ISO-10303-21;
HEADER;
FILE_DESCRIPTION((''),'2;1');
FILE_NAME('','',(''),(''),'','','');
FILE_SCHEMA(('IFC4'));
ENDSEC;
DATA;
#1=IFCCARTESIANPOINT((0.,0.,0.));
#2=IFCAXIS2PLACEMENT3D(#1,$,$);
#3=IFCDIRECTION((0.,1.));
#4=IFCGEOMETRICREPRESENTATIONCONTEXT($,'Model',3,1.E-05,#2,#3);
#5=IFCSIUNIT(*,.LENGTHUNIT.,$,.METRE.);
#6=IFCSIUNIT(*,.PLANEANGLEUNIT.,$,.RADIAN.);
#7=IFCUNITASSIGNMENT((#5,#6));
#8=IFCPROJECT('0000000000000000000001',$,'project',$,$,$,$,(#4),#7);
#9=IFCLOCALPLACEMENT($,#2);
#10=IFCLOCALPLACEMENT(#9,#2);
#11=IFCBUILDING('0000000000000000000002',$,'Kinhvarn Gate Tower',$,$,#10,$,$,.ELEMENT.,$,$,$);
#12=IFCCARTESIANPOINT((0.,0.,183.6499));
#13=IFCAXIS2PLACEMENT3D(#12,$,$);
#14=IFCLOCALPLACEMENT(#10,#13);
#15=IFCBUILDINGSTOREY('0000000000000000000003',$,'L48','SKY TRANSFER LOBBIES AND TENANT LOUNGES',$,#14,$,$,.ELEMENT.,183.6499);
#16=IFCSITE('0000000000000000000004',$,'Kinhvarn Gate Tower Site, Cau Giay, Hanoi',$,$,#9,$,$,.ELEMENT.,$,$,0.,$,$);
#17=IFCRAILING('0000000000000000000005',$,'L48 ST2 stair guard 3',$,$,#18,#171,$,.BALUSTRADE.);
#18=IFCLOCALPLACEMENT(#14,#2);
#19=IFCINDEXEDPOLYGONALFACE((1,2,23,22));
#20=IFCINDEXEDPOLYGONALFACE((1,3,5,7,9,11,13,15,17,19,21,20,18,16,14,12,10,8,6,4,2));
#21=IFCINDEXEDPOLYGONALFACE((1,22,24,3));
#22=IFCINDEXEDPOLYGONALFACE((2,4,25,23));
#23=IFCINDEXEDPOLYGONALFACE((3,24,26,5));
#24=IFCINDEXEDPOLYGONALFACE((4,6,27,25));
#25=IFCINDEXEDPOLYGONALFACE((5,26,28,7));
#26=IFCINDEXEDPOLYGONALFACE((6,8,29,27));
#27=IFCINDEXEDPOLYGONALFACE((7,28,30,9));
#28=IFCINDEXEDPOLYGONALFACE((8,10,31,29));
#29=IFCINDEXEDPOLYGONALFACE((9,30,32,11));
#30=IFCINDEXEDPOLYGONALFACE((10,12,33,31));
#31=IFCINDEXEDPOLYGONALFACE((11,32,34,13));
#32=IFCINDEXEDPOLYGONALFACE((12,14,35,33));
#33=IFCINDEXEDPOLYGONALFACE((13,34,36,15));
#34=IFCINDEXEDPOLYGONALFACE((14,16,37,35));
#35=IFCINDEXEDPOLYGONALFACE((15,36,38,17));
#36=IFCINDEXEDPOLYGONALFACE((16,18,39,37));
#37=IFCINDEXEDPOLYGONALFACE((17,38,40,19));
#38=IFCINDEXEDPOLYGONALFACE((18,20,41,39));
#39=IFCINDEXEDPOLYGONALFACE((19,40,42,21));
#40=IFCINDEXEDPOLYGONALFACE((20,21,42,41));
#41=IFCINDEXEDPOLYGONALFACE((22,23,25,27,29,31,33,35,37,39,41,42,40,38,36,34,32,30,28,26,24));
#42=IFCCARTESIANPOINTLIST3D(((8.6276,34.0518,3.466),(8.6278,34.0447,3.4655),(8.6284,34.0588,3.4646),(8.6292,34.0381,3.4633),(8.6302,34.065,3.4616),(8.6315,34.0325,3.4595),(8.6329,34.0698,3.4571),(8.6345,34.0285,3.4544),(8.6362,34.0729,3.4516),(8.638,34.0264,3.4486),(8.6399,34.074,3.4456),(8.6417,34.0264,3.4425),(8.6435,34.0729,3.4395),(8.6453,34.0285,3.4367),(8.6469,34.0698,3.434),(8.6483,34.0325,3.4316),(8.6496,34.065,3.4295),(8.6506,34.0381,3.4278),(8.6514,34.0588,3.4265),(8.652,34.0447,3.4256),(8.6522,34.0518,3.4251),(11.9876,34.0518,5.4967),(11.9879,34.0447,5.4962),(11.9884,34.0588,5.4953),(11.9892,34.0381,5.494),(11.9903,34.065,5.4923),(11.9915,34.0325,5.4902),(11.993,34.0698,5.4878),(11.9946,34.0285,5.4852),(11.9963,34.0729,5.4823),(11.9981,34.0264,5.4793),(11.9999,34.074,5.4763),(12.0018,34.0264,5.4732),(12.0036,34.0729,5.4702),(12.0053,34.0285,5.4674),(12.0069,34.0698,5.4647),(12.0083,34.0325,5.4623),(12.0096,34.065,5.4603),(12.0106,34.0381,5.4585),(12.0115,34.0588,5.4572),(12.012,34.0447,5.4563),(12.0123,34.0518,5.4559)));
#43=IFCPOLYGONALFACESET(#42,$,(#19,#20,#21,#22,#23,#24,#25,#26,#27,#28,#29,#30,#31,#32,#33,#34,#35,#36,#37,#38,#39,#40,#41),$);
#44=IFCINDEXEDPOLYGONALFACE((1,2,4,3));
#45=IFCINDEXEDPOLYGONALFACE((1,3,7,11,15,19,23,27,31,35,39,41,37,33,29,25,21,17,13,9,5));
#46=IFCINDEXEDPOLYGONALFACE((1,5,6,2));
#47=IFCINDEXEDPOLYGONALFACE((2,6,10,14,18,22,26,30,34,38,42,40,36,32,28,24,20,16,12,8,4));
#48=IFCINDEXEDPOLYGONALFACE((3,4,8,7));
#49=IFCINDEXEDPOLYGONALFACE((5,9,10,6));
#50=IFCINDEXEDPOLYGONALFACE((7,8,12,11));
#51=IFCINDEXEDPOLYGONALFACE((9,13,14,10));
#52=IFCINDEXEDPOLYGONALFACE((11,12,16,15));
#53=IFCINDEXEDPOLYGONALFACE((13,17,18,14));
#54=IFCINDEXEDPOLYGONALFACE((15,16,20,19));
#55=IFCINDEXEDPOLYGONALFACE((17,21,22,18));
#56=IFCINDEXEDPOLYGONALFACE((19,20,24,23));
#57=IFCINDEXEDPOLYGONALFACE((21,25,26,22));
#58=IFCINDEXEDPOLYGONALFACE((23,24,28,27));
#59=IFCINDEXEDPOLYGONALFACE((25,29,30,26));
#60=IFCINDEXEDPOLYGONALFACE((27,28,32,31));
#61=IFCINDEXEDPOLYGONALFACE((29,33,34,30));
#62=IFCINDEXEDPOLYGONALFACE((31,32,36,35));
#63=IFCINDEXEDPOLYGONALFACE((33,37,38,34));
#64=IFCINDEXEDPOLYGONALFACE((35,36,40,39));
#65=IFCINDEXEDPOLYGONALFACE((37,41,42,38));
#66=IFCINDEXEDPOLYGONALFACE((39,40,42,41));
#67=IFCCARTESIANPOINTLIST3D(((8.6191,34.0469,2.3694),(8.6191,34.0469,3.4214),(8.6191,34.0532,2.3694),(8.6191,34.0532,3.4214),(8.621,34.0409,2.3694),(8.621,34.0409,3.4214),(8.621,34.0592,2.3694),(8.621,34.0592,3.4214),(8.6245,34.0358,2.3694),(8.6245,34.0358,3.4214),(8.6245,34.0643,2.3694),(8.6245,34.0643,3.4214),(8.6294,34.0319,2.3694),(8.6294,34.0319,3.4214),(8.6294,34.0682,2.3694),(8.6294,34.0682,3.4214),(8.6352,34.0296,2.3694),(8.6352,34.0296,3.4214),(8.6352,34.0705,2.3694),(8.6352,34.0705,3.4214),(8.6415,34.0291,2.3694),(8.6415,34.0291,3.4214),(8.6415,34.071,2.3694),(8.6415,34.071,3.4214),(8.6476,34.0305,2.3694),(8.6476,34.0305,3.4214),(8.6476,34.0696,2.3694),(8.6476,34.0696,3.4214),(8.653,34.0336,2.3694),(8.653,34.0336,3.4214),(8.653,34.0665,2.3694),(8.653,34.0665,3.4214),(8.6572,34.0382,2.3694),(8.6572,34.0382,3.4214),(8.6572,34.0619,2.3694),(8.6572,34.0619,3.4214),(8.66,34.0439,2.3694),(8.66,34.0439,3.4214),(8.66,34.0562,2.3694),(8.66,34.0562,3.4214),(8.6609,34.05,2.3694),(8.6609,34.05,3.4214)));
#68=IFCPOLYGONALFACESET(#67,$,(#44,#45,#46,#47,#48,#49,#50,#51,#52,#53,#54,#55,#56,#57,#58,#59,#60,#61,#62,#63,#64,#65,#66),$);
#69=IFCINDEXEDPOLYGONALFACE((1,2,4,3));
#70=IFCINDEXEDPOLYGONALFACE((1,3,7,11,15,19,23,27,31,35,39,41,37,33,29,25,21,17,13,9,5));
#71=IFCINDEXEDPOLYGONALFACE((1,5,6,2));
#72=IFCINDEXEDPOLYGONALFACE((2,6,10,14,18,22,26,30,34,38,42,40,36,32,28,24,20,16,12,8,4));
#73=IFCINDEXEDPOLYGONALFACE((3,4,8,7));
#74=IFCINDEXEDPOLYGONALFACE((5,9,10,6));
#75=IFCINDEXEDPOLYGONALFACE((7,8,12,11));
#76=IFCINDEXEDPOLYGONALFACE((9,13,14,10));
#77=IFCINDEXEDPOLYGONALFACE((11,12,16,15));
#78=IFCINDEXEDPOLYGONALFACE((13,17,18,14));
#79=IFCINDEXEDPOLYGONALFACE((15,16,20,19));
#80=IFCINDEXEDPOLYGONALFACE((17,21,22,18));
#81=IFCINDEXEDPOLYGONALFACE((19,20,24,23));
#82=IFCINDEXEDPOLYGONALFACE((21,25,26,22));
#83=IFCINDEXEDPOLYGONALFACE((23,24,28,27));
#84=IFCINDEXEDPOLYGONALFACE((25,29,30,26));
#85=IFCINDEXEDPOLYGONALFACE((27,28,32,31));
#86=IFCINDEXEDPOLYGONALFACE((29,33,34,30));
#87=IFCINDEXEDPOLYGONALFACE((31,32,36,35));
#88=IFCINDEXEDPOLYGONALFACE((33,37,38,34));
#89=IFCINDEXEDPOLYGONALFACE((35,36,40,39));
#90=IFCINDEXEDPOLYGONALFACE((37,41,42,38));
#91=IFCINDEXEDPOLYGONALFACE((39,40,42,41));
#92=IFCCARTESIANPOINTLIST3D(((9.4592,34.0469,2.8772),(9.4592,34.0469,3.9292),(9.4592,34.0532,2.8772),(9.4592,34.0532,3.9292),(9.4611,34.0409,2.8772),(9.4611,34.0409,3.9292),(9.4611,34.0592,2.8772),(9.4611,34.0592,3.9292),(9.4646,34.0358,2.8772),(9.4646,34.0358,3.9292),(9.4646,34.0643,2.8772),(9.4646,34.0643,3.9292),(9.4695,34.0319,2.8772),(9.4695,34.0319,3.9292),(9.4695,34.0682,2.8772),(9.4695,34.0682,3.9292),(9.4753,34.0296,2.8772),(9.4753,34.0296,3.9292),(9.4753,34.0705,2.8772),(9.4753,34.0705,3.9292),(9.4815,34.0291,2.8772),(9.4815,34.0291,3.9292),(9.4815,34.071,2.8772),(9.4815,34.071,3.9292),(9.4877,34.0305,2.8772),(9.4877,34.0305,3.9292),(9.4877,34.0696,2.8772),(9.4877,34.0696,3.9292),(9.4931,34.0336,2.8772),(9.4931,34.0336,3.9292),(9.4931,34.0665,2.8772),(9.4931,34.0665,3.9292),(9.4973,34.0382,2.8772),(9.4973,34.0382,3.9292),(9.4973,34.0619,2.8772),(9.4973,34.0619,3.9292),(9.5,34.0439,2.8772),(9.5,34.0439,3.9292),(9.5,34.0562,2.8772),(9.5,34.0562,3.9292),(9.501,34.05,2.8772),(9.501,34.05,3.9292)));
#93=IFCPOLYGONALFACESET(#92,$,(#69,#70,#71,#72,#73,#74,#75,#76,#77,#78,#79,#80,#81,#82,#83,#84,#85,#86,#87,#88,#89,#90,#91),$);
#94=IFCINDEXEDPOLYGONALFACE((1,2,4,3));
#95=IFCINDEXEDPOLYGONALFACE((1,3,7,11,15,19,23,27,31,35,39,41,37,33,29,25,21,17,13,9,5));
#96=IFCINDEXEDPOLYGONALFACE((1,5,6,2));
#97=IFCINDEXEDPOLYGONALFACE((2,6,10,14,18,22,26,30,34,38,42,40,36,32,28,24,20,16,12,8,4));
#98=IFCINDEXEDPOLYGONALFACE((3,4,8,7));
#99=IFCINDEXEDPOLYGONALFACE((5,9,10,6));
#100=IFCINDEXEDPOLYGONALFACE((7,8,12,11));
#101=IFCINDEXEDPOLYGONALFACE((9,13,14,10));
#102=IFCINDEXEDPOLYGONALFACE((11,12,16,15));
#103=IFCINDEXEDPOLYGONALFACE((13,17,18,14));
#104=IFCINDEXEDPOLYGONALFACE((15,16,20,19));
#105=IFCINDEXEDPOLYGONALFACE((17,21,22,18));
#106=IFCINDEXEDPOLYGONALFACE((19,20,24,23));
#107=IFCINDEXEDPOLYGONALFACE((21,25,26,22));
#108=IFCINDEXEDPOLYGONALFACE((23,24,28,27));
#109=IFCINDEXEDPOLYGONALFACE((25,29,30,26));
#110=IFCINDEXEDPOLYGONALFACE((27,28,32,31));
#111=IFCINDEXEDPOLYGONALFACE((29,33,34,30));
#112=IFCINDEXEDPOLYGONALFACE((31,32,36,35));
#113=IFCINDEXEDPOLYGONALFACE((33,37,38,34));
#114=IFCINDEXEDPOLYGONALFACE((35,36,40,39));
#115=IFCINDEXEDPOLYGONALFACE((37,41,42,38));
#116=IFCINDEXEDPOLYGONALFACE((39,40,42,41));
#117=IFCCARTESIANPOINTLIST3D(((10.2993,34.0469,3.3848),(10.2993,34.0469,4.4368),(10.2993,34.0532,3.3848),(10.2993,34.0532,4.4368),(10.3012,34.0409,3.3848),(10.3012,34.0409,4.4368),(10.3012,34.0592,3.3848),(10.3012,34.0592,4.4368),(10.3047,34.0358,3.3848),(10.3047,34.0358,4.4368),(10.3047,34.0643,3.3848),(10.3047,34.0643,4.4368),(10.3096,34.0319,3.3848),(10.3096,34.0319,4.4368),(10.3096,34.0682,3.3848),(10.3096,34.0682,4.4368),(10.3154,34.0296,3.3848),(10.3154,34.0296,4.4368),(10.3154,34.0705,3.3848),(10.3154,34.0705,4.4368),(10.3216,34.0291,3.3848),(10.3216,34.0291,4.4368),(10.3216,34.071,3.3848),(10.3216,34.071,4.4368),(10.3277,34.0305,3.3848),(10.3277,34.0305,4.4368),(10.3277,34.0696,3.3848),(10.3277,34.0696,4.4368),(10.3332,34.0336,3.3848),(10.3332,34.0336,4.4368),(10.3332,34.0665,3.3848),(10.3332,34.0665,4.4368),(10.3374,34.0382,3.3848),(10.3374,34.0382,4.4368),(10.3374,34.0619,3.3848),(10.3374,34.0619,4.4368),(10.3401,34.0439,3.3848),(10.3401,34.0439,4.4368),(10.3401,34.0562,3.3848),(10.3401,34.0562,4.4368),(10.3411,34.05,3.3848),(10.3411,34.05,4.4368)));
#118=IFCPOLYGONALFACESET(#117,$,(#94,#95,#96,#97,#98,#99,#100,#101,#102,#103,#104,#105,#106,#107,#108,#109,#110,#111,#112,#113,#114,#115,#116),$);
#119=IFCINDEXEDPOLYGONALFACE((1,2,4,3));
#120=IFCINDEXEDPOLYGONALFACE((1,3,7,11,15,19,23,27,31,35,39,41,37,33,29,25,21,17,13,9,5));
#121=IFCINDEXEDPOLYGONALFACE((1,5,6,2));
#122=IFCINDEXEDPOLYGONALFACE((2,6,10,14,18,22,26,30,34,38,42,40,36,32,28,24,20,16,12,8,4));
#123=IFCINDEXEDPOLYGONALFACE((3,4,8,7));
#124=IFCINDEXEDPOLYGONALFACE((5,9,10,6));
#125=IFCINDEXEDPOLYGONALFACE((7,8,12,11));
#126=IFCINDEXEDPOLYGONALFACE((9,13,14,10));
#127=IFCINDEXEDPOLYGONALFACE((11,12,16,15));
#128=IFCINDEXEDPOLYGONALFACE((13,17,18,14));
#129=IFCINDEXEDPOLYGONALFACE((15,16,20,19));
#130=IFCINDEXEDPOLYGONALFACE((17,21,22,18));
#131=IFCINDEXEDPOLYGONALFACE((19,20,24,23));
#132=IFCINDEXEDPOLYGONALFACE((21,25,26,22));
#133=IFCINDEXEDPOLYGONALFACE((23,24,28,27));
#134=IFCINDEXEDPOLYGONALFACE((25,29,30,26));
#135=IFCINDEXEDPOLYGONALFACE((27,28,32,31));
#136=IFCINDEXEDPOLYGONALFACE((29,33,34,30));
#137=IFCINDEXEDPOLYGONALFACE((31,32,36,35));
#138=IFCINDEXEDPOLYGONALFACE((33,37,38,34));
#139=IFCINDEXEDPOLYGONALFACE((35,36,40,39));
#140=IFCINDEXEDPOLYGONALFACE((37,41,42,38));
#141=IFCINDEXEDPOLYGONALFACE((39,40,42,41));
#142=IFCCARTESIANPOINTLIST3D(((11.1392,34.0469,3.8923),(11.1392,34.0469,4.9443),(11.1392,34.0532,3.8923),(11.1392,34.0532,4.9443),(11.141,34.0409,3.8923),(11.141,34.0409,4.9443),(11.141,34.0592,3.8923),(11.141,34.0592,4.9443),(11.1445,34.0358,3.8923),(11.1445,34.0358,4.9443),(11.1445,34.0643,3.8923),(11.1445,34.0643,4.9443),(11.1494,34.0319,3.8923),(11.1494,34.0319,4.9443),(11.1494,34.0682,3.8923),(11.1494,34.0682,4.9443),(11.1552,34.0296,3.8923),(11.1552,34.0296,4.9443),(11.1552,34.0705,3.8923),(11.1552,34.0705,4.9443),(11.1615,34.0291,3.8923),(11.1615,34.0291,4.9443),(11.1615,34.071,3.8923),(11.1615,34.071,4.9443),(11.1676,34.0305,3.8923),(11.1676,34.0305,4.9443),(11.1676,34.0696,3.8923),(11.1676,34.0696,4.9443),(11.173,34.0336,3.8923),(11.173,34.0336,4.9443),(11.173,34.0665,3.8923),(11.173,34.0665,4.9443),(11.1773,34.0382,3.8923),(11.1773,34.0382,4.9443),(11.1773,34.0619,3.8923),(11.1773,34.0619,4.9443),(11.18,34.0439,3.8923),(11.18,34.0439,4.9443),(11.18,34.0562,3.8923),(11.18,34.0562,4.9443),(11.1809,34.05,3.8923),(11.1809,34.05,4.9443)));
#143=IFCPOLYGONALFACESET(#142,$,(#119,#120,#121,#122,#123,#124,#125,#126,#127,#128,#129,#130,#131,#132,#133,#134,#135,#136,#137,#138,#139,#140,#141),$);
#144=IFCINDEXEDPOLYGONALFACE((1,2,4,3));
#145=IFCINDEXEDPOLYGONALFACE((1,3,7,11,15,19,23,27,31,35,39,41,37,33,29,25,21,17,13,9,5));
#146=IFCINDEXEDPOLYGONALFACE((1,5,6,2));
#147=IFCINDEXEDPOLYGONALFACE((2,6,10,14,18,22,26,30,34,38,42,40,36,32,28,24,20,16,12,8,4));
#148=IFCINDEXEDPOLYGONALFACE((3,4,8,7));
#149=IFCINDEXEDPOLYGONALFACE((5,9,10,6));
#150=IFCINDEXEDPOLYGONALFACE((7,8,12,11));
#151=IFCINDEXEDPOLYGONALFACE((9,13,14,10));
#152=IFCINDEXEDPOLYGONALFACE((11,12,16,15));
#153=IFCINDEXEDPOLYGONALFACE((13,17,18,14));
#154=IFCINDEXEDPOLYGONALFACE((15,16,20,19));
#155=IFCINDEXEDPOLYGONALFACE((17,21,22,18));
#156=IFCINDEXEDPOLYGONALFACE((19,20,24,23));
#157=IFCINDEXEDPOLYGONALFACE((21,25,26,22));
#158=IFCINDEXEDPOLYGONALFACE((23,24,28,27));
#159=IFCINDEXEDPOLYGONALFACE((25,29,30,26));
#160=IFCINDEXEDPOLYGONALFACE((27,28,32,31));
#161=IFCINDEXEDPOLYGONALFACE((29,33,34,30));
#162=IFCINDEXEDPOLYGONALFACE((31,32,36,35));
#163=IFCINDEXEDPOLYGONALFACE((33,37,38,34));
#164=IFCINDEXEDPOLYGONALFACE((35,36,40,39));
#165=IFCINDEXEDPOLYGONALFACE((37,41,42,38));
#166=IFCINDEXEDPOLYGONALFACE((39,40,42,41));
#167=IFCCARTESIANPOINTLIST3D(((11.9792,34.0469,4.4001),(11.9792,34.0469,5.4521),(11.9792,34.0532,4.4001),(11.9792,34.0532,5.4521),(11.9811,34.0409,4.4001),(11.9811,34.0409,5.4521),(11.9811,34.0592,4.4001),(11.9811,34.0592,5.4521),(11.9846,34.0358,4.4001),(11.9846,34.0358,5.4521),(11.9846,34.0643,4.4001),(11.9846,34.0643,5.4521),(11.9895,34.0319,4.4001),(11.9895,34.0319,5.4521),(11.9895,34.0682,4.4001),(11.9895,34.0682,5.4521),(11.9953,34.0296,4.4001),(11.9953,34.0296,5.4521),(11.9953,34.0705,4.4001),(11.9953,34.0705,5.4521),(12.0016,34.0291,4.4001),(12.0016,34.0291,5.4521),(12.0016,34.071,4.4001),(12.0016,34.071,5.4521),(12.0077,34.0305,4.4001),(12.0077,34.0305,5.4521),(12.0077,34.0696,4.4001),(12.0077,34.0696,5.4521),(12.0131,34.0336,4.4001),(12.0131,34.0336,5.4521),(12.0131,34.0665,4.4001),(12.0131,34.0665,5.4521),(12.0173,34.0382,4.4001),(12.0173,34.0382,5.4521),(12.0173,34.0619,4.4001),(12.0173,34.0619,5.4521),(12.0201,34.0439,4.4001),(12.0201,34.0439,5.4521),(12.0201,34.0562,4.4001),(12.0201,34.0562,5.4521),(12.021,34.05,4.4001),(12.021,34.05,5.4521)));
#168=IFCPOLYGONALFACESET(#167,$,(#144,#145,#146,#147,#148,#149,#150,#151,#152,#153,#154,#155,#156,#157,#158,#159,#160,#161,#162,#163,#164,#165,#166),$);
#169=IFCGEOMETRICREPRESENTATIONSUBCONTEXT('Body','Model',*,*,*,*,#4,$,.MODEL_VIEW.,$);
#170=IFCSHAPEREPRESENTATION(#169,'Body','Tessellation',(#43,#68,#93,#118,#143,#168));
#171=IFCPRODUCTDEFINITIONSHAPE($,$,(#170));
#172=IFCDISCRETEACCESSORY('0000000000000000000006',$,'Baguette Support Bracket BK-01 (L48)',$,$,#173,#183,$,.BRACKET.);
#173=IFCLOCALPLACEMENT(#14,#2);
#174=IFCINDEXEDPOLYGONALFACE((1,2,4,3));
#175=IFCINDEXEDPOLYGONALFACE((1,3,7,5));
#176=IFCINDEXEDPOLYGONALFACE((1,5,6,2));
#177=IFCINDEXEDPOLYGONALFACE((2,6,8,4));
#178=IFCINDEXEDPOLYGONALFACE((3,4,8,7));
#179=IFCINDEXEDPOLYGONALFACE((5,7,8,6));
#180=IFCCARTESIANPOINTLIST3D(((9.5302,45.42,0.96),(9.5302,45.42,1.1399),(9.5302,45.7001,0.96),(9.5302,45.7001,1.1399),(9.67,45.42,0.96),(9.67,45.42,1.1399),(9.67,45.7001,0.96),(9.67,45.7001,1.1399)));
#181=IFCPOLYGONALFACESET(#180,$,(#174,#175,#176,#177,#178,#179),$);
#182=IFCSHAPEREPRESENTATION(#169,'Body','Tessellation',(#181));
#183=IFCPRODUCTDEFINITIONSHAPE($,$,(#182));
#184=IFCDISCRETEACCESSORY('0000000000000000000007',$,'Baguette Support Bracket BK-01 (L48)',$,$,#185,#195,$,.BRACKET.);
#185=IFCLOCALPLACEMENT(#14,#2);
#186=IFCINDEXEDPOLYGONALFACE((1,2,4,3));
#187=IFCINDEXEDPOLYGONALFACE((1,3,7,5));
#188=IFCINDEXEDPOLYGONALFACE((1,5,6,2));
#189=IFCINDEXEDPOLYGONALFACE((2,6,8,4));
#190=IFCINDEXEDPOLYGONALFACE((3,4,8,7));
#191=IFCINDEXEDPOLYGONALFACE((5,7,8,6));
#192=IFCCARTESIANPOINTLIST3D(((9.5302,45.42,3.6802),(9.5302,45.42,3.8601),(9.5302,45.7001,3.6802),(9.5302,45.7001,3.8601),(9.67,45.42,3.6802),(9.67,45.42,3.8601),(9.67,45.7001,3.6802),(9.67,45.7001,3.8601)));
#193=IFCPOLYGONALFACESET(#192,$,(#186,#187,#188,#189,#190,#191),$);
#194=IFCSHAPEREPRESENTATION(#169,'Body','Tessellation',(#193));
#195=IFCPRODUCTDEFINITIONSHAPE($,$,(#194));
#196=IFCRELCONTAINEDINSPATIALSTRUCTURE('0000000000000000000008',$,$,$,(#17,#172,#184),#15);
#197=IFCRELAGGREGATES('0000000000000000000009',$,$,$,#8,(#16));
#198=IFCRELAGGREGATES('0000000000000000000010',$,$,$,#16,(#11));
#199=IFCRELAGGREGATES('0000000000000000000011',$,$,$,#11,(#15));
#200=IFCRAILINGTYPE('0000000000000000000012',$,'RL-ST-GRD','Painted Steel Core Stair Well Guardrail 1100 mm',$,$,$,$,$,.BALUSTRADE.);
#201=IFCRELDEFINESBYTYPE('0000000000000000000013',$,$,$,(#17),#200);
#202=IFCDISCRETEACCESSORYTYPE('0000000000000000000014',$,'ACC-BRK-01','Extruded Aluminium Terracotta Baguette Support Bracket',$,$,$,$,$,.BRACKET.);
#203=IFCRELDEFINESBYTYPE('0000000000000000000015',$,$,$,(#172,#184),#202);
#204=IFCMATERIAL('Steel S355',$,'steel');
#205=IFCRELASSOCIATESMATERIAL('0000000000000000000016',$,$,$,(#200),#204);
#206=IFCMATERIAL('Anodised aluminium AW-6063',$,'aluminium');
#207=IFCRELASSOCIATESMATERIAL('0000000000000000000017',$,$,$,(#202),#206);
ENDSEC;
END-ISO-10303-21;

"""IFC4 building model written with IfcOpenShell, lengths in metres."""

from ifc_helpers import new_model, si_unit, direction, frame, origin, origin_2d, place, context, subcontext, project, spatial, rectangle, circle, extrude, material, type_object, element, save


model = new_model("IFC4")

# Units and contexts
model_context = context("Model", 3, precision=1e-05, world=origin(), true_north=direction((0.0, 1.0)))
body_context = subcontext(model_context, "Body", "Model", "MODEL_VIEW")
ifc_project = project(units=[si_unit("LENGTHUNIT", "METRE"), si_unit("PLANEANGLEUNIT", "RADIAN")], contexts=[model_context])

# Site, building, storey
site_placement = place(None, origin())
site = spatial("IfcSite", under=ifc_project, at=site_placement, Name="Kinhvarn Gate Tower Site, Cau Giay, Hanoi", CompositionType="ELEMENT", RefElevation=0.0)
building_placement = place(site_placement, origin())
building = spatial("IfcBuilding", under=site, at=building_placement, Name="Kinhvarn Gate Tower", CompositionType="ELEMENT")
storey_placement = place(building_placement, frame((0.0, 0.0, 183.6499)))
storey = spatial("IfcBuildingStorey", under=building, at=storey_placement, Name="L48", Description="SKY TRANSFER LOBBIES AND TENANT LOUNGES", CompositionType="ELEMENT", Elevation=183.6499)

# Shared definitions
ifc_material_1 = material(Name="Anodised aluminium AW-6063", Category="aluminium")

# Shared definitions
ifc_material_2 = material(Name="Steel S355", Category="steel")

# Railing
railing_type = type_object("IfcRailingType", Name="RL-ST-GRD", Description="Painted Steel Core Stair Well Guardrail 1100 mm", PredefinedType="BALUSTRADE", material=ifc_material_2)
railing_1_placement = place(storey_placement, frame((8.6399, 34.05, 2.3694)))
element("IfcRailing", 1, at=railing_1_placement, inside=storey, type_object=railing_type, Name="L48 ST2 stair guard 3", PredefinedType="BALUSTRADE", context=body_context, shape_type="SweptSolid", body=[
    extrude(circle(Radius=0.0239, at=origin_2d()), frame((0.0, 0.0, 1.0762), z_axis=(0.855837, 0.0, 0.517246), x_axis=(0.0, 1.0, 0.0)), (0.0, 0.0, 1.0), 3.926),
    extrude(circle(Radius=0.021, at=origin_2d()), origin(), (0.0, 0.0, 1.0), 1.052),
    extrude(circle(Radius=0.021, at=origin_2d()), frame((0.8401, 0.0, 0.5078)), (0.0, 0.0, 1.0), 1.052),
    extrude(circle(Radius=0.021, at=origin_2d()), frame((1.6802, 0.0, 1.0154)), (0.0, 0.0, 1.0), 1.052),
    extrude(circle(Radius=0.021, at=origin_2d()), frame((2.52, 0.0, 1.5229)), (0.0, 0.0, 1.0), 1.052),
    extrude(circle(Radius=0.021, at=origin_2d()), frame((3.3601, 0.0, 2.0308)), (0.0, 0.0, 1.0), 1.052),
])

# Discrete accessories
discrete_accessory_type = type_object("IfcDiscreteAccessoryType", Name="ACC-BRK-01", Description="Extruded Aluminium Terracotta Baguette Support Bracket", PredefinedType="BRACKET", material=ifc_material_1)
for number, where, z_axis, x_axis, name in (
    (2, (9.6001, 45.5601, 0.96), (0.0, 0.0, 1.0), (-1.0, 0.0, 0.0), "Baguette Support Bracket BK-01 (L48)"),
    (3, (9.6001, 45.5601, 3.6802), (0.0, 0.0, 1.0), (-1.0, 0.0, 0.0), "Baguette Support Bracket BK-01 (L48)"),
):
    element("IfcDiscreteAccessory", number, at=place(storey_placement, frame(where, z_axis=z_axis, x_axis=x_axis)), inside=storey, type_object=discrete_accessory_type, Name=name, PredefinedType="BRACKET", context=body_context, shape_type="SweptSolid", body=[
        extrude(rectangle(XDim=0.1399, YDim=0.28, at=origin_2d()), origin(), (0.0, 0.0, 1.0), 0.1799),
    ])

save(model, "model.ifc")
